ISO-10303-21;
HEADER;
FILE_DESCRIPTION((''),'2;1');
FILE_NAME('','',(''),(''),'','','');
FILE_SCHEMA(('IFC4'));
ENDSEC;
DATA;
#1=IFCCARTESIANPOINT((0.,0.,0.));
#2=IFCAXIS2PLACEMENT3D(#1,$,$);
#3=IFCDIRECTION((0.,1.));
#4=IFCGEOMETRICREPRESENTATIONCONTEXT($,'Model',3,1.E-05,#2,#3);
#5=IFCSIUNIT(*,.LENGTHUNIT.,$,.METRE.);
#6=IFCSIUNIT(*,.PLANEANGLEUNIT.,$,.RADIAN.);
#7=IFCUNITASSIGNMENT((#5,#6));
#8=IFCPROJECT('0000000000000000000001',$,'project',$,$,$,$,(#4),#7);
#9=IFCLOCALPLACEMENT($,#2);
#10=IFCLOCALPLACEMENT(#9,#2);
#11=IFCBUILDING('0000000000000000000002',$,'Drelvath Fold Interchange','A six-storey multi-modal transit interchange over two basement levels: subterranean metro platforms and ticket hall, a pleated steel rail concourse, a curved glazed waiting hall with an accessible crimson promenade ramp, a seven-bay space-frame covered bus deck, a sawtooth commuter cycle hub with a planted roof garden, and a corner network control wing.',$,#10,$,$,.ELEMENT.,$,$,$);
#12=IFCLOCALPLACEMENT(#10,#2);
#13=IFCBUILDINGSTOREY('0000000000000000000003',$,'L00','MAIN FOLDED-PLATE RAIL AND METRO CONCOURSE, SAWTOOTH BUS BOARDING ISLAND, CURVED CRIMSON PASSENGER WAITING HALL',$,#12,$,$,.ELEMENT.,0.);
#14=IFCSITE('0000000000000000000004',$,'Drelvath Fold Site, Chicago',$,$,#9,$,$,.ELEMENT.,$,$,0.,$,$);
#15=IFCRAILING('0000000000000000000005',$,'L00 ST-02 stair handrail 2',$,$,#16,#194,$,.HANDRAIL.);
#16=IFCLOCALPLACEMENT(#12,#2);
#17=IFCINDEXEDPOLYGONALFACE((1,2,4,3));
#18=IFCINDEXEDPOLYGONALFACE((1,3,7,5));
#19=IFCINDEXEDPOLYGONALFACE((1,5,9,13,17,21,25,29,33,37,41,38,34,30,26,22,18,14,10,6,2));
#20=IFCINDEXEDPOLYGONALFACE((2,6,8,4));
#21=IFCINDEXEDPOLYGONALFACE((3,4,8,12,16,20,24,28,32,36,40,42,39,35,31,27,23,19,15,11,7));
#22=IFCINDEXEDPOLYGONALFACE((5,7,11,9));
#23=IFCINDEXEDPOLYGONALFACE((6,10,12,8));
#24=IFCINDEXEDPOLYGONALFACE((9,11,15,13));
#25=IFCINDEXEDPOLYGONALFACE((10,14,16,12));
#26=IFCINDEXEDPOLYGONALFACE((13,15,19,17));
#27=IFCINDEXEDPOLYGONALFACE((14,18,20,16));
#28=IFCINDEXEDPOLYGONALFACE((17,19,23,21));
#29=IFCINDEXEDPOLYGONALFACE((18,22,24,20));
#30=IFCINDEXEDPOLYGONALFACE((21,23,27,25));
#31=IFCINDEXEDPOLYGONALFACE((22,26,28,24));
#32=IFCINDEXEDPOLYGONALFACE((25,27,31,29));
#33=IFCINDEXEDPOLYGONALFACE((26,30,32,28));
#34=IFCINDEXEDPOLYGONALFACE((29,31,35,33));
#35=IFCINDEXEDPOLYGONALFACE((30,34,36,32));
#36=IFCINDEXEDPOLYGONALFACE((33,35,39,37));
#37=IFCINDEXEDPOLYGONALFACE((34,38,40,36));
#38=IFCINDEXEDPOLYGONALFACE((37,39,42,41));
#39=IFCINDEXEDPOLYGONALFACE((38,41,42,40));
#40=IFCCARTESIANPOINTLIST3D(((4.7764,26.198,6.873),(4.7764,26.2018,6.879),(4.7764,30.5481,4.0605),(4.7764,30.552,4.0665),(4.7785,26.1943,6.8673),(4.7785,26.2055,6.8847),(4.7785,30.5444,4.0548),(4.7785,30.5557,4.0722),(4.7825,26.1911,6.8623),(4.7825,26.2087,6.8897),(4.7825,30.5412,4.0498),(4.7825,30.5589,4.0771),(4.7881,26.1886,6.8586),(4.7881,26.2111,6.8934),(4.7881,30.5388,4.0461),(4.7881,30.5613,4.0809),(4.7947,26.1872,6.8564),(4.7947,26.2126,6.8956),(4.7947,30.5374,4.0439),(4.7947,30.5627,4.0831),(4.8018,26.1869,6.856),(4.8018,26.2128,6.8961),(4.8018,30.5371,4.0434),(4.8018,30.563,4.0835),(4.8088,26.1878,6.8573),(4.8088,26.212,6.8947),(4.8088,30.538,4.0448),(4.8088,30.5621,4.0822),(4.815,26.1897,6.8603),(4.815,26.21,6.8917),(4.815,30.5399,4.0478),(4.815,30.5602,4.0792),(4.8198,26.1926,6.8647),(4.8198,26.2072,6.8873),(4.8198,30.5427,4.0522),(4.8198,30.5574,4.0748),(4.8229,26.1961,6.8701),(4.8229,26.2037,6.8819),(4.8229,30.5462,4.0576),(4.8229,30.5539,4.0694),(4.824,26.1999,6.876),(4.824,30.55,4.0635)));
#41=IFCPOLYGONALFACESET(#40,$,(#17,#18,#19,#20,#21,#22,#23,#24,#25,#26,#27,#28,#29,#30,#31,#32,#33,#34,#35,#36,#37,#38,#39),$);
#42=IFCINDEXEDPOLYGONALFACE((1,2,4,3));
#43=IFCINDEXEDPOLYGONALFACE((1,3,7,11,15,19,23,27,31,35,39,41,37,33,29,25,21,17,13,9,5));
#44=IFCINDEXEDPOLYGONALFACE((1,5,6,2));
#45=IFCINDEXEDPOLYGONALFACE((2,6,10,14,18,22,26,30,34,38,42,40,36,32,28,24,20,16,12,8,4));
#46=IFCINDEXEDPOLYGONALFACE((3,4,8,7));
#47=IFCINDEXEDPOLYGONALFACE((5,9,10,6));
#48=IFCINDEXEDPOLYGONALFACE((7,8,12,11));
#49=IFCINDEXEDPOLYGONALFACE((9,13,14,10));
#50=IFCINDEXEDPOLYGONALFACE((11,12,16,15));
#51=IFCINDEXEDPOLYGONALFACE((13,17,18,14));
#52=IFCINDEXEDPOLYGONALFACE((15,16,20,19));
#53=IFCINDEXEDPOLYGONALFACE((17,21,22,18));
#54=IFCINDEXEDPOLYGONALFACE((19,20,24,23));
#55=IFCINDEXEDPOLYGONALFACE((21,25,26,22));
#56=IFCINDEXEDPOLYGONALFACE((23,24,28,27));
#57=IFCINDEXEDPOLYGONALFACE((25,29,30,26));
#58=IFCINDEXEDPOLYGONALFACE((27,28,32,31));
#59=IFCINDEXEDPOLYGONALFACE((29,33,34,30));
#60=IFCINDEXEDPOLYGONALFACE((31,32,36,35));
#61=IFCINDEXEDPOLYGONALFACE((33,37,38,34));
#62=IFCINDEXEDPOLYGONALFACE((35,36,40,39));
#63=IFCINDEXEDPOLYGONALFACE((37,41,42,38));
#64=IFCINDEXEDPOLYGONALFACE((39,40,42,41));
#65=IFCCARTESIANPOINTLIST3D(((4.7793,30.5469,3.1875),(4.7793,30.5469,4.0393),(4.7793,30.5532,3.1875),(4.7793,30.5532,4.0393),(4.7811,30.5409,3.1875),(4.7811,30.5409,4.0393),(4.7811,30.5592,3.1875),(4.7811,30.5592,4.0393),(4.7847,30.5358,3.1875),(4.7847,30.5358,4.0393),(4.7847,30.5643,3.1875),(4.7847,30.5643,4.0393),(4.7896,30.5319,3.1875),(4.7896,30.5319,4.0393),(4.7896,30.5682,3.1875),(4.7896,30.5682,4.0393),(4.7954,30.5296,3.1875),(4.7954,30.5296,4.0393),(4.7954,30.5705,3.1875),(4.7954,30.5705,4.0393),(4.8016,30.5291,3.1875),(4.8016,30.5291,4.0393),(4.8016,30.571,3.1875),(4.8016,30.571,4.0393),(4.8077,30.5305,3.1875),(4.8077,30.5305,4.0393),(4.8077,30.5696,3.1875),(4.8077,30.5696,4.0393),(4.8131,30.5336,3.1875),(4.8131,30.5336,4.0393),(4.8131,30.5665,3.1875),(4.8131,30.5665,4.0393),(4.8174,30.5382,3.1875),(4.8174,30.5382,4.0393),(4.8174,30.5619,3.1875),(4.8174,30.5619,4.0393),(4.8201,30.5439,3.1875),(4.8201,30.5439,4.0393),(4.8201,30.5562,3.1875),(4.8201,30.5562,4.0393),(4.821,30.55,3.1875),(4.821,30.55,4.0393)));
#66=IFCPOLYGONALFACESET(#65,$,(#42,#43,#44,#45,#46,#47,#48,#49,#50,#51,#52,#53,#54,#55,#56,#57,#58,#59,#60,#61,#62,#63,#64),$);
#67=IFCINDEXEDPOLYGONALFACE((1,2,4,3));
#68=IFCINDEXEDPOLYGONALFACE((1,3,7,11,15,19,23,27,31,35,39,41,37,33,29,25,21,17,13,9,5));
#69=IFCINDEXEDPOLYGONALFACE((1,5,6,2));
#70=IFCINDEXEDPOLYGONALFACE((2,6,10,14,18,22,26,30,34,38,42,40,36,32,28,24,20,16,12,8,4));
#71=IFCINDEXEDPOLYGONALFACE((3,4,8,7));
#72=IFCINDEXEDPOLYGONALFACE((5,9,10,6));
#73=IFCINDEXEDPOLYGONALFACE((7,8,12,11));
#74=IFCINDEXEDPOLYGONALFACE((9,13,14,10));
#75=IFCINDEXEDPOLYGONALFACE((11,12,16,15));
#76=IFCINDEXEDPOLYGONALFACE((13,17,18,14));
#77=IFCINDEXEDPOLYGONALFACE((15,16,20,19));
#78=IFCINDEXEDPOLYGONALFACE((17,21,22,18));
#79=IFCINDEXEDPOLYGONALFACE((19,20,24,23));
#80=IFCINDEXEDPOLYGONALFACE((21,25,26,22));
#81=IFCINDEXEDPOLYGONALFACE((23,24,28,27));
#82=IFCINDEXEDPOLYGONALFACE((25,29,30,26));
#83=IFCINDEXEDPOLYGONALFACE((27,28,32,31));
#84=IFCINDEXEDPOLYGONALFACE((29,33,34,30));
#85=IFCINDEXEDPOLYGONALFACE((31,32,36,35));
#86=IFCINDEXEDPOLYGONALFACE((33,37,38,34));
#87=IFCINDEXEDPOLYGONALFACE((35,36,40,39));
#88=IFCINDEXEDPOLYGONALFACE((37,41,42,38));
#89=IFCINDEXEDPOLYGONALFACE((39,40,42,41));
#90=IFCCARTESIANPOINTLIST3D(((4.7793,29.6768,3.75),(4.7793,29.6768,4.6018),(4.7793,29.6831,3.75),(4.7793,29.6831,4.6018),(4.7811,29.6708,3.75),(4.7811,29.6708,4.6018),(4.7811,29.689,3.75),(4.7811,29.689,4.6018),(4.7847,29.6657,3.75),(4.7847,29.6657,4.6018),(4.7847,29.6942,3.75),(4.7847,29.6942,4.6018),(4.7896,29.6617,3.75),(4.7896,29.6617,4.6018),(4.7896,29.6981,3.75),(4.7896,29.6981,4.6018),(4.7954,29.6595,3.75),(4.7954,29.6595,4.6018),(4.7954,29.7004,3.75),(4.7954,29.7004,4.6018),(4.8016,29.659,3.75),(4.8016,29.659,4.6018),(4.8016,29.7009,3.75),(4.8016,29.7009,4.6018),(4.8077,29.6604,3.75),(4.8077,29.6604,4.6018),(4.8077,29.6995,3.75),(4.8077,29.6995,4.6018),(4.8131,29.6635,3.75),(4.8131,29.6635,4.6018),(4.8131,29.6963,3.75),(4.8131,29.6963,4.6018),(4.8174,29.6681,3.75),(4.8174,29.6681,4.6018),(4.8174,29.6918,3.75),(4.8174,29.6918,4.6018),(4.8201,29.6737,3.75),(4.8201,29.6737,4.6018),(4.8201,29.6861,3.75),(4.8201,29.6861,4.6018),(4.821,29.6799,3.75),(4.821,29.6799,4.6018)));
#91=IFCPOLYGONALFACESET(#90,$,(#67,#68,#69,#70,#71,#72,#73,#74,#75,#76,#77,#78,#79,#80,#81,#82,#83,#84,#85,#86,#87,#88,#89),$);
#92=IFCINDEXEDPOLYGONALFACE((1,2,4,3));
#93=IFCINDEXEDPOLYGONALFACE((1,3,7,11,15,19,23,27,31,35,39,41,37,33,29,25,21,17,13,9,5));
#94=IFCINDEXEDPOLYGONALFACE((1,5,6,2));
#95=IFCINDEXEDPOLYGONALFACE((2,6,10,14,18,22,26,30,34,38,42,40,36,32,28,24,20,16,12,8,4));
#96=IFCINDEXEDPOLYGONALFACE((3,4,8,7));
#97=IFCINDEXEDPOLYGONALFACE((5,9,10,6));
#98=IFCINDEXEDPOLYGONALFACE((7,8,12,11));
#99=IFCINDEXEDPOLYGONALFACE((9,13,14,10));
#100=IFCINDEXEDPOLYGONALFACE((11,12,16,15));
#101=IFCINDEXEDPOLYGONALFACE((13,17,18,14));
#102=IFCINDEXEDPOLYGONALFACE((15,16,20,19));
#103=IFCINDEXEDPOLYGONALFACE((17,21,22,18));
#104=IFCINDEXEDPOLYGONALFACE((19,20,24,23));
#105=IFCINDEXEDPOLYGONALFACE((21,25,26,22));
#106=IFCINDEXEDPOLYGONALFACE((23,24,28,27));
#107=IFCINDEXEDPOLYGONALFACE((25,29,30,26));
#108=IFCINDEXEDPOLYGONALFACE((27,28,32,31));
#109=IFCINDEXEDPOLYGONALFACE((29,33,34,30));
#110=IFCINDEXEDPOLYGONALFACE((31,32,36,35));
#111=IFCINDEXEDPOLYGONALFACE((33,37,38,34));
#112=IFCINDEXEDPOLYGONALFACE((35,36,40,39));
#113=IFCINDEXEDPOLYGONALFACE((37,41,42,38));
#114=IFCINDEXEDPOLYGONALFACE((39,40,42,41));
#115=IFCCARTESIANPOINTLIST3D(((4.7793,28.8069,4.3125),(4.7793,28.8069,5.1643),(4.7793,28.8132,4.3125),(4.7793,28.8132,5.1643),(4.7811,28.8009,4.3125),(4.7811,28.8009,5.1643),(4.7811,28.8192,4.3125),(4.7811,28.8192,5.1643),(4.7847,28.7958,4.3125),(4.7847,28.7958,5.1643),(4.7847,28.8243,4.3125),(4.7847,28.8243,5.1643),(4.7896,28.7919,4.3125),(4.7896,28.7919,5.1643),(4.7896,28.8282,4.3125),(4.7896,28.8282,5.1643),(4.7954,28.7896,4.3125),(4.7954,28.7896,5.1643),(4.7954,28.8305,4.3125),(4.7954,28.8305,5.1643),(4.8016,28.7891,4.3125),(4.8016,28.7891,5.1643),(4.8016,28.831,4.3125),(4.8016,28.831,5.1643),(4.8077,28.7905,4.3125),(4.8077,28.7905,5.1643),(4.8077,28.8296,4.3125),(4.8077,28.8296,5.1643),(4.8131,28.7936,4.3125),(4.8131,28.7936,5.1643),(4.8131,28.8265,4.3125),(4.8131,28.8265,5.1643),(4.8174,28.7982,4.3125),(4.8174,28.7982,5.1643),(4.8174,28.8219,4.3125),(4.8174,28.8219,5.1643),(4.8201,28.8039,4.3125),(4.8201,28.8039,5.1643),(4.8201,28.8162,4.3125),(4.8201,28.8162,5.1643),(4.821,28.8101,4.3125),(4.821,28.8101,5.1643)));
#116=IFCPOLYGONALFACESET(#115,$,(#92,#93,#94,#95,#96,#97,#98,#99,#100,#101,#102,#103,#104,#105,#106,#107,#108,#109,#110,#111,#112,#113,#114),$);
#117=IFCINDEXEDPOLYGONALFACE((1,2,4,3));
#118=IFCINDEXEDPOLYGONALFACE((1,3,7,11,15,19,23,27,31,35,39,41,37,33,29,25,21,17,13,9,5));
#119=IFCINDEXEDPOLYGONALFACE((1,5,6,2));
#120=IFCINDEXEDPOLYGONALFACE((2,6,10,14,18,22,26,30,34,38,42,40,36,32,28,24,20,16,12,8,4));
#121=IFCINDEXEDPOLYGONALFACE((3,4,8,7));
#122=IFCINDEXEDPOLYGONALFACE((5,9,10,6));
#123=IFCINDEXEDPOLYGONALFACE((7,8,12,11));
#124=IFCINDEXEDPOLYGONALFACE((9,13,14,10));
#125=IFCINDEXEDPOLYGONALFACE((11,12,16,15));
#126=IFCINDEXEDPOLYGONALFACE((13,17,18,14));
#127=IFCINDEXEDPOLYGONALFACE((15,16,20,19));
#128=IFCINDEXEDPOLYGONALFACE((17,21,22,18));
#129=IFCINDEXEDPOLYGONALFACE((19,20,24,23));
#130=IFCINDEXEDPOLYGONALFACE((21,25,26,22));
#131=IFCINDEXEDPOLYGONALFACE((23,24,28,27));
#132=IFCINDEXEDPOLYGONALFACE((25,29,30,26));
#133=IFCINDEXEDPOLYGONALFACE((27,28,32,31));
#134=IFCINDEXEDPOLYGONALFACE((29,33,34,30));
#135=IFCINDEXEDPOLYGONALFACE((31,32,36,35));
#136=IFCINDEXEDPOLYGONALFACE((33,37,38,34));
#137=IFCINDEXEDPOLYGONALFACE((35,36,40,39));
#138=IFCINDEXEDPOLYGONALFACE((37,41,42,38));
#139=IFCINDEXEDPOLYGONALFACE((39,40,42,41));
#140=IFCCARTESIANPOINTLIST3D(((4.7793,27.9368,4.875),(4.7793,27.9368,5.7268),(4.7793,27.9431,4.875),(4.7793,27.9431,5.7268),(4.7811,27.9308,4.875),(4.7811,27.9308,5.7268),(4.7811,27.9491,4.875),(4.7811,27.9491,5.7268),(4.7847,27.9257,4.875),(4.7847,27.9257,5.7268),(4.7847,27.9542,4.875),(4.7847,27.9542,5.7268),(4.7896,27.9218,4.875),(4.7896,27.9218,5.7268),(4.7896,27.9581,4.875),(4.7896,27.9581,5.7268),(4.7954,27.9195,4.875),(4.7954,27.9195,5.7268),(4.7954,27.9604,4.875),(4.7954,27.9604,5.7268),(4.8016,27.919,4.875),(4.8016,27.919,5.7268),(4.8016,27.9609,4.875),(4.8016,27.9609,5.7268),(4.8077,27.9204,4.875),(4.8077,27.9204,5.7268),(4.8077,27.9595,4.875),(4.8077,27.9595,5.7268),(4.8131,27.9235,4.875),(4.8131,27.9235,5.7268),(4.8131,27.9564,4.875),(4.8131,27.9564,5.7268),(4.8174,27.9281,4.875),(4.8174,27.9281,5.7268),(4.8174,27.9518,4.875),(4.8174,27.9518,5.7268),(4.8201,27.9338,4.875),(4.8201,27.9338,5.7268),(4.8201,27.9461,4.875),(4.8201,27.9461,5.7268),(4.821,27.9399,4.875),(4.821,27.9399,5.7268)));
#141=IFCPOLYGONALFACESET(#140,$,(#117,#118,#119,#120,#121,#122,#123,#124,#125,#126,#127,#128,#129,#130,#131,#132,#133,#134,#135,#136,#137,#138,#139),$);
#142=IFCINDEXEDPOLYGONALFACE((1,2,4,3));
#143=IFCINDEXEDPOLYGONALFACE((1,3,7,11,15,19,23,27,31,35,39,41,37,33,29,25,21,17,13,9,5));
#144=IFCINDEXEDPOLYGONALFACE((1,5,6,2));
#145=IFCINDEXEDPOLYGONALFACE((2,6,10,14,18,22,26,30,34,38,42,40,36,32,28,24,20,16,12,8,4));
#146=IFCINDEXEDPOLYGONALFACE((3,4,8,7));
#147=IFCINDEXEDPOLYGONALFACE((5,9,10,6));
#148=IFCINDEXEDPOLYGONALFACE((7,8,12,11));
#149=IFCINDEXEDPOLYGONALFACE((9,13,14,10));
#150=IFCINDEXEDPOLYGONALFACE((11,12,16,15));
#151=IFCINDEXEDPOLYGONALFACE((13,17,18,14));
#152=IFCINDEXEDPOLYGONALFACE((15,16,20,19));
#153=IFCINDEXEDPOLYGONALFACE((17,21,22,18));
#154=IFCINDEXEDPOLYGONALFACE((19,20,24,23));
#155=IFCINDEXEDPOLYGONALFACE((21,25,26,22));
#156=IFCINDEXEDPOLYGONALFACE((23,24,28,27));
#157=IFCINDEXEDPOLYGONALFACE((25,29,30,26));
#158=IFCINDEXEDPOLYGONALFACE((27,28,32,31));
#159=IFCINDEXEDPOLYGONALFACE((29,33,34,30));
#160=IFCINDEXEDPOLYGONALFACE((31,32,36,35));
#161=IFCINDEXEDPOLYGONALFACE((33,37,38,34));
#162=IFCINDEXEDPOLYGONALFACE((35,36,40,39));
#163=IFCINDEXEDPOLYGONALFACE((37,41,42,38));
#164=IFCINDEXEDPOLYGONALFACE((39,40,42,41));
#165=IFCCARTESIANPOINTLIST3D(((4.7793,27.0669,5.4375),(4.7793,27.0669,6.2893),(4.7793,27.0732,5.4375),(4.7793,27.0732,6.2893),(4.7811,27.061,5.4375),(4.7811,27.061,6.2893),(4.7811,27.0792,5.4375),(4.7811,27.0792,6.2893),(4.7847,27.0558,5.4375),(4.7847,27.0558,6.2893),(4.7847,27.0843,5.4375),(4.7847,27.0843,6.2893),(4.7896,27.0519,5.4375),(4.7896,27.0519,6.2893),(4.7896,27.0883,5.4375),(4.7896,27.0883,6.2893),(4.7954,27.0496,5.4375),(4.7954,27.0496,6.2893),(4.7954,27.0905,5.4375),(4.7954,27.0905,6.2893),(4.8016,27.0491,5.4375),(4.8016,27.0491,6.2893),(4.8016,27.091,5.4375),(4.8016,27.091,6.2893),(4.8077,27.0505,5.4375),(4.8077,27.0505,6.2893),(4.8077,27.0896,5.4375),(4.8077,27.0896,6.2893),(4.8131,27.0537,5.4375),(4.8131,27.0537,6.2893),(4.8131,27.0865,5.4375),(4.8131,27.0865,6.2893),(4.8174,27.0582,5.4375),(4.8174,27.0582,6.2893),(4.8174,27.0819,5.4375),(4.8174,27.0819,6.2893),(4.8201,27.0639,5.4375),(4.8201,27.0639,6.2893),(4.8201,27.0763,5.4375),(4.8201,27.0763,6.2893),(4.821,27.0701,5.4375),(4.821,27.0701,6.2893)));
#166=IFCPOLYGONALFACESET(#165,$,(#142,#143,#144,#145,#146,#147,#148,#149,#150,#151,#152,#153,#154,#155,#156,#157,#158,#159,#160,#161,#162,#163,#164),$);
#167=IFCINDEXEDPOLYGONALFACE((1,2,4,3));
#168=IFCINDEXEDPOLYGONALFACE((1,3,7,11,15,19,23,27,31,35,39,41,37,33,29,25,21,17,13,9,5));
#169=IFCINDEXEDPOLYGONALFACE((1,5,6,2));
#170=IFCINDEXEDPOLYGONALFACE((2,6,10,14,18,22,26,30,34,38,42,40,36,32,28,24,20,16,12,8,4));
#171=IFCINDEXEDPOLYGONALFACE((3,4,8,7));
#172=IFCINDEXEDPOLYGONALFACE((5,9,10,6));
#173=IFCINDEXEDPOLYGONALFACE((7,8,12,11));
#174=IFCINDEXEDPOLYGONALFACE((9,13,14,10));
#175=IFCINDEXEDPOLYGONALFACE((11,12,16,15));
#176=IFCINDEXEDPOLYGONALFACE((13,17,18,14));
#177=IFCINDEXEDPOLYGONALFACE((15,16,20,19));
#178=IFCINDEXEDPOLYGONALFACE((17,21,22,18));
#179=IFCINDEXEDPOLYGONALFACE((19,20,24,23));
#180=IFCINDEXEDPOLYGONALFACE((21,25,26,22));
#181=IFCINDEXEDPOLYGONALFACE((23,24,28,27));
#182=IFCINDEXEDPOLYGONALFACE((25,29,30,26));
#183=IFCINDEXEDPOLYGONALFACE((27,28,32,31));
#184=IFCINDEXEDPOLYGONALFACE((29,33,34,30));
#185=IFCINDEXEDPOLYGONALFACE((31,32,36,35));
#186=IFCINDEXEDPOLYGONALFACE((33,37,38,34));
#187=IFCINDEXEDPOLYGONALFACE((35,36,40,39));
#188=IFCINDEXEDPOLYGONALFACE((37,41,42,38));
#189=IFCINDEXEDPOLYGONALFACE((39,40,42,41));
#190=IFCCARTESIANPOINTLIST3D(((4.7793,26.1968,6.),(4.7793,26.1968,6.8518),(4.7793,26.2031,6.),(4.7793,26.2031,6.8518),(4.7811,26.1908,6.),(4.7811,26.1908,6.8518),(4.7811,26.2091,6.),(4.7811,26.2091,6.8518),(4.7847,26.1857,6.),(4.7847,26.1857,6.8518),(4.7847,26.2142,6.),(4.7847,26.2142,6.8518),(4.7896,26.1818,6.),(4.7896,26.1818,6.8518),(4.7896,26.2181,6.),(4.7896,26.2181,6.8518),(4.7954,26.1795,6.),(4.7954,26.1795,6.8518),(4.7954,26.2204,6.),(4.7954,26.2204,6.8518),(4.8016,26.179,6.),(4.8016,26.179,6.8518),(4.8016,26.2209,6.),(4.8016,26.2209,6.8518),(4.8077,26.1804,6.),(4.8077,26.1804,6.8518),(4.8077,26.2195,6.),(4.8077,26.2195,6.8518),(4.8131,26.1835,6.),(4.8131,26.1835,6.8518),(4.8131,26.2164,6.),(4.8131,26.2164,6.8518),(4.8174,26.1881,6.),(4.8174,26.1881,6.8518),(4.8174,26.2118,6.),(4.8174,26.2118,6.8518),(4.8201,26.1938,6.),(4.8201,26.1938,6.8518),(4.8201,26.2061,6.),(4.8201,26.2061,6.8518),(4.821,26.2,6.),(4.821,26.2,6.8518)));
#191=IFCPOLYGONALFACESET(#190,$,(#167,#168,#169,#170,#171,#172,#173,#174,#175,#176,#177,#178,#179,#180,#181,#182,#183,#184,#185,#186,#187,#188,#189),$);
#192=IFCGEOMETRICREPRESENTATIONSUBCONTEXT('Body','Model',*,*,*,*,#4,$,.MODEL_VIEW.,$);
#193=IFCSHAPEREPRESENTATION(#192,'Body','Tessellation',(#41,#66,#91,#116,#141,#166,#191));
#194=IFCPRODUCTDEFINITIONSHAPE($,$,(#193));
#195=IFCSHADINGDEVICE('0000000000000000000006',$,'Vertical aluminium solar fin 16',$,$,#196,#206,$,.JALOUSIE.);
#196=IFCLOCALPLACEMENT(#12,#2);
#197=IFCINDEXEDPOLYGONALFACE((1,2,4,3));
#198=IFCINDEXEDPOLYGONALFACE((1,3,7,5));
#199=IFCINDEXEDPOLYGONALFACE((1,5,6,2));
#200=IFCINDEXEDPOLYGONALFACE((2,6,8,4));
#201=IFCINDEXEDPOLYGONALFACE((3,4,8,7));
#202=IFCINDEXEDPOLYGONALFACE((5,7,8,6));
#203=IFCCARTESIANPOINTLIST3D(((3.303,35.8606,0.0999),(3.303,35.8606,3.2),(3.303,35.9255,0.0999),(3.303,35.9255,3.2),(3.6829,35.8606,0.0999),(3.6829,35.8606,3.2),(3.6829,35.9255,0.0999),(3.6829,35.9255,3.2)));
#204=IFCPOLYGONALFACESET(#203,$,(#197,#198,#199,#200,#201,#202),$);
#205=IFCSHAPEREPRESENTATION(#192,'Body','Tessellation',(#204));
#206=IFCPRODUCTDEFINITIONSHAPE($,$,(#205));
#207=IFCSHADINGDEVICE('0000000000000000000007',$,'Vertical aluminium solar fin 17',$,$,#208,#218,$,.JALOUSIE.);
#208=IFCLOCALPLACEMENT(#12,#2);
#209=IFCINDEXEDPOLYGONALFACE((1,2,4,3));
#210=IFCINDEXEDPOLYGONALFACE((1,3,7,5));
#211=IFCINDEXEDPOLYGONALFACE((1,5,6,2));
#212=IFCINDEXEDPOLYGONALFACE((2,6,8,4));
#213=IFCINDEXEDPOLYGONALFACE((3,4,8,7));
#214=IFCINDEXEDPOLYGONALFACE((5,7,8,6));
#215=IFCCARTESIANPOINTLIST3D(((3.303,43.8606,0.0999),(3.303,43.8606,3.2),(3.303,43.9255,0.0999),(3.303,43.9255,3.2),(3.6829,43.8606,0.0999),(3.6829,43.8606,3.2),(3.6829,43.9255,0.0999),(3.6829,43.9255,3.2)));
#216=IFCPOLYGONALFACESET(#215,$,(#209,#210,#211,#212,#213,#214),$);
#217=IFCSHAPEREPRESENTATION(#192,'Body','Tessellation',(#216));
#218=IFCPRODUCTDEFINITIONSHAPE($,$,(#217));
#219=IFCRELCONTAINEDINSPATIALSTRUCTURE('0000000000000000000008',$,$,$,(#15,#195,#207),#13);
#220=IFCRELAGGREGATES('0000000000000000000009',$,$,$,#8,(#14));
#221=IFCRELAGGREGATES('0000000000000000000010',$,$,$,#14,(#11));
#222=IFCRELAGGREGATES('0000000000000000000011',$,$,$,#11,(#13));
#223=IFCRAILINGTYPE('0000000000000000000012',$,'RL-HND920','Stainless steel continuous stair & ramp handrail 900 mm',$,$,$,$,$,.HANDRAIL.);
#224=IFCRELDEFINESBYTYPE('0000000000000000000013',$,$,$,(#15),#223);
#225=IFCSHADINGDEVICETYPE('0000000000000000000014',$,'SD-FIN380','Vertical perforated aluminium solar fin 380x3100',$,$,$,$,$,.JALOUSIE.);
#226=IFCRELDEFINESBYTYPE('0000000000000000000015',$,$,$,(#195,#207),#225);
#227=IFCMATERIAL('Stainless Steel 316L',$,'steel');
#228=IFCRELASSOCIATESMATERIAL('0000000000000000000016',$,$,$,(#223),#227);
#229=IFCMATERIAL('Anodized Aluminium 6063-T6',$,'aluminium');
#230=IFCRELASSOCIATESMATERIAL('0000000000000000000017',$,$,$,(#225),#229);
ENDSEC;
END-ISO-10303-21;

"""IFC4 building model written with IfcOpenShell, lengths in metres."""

from ifc_helpers import new_model, si_unit, direction, frame, origin, origin_2d, place, context, subcontext, project, spatial, rectangle, circle, extrude, material, type_object, element, save


model = new_model("IFC4")

# Units and contexts
model_context = context("Model", 3, precision=1e-05, world=origin(), true_north=direction((0.0, 1.0)))
body_context = subcontext(model_context, "Body", "Model", "MODEL_VIEW")
ifc_project = project(units=[si_unit("LENGTHUNIT", "METRE"), si_unit("PLANEANGLEUNIT", "RADIAN")], contexts=[model_context])

# Site, building, storey
site_placement = place(None, origin())
site = spatial("IfcSite", under=ifc_project, at=site_placement, Name="Drelvath Fold Site, Chicago", CompositionType="ELEMENT", RefElevation=0.0)
building_placement = place(site_placement, origin())
building = spatial("IfcBuilding", under=site, at=building_placement, Name="Drelvath Fold Interchange", Description="A six-storey multi-modal transit interchange over two basement levels: subterranean metro platforms and ticket hall, a pleated steel rail concourse, a curved glazed waiting hall with an accessible crimson promenade ramp, a seven-bay space-frame covered bus deck, a sawtooth commuter cycle hub with a planted roof garden, and a corner network control wing.", CompositionType="ELEMENT")
storey_placement = place(building_placement, origin())
storey = spatial("IfcBuildingStorey", under=building, at=storey_placement, Name="L00", Description="MAIN FOLDED-PLATE RAIL AND METRO CONCOURSE, SAWTOOTH BUS BOARDING ISLAND, CURVED CRIMSON PASSENGER WAITING HALL", CompositionType="ELEMENT", Elevation=0.0)

# Railing
ifc_material_1 = material(Name="Stainless Steel 316L", Category="steel")
railing_type_1 = type_object("IfcRailingType", Name="RL-HND920", Description="Stainless steel continuous stair & ramp handrail 900 mm", PredefinedType="HANDRAIL", material=ifc_material_1)
railing_1_placement = place(storey_placement, frame((4.8, 30.55, 3.1875)))
element("IfcRailing", 1, at=railing_1_placement, inside=storey, type_object=railing_type_1, Name="L00 ST-02 stair handrail 2", PredefinedType="HANDRAIL", context=body_context, shape_type="SweptSolid", body=[
    extrude(circle(Radius=0.0239, at=origin_2d()), frame((0.0, 0.0, 0.876), z_axis=(0.0, -0.83977, 0.542942), x_axis=(1.0, 0.0, 0.0)), (0.0, 0.0, 1.0), 5.1802),
    extrude(circle(Radius=0.021, at=origin_2d()), origin(), (0.0, 0.0, 1.0), 0.8518),
    extrude(circle(Radius=0.021, at=origin_2d()), frame((0.0, -0.8701, 0.5625)), (0.0, 0.0, 1.0), 0.8518),
    extrude(circle(Radius=0.021, at=origin_2d()), frame((0.0, -1.74, 1.125)), (0.0, 0.0, 1.0), 0.8518),
    extrude(circle(Radius=0.021, at=origin_2d()), frame((0.0, -2.6101, 1.6875)), (0.0, 0.0, 1.0), 0.8518),
    extrude(circle(Radius=0.021, at=origin_2d()), frame((0.0, -3.48, 2.25)), (0.0, 0.0, 1.0), 0.8518),
    extrude(circle(Radius=0.021, at=origin_2d()), frame((0.0, -4.3501, 2.8125)), (0.0, 0.0, 1.0), 0.8518),
])

# Shading devices
ifc_material_2 = material(Name="Anodized Aluminium 6063-T6", Category="aluminium")
shading_device_type = type_object("IfcShadingDeviceType", Name="SD-FIN380", Description="Vertical perforated aluminium solar fin 380x3100", PredefinedType="JALOUSIE", material=ifc_material_2)
for number, where, z_axis, x_axis, name in (
    (2, (3.4929, 35.8931, 0.0999), (0.0, 0.0, 1.0), (1.0, 0.0, 0.0), "Vertical aluminium solar fin 16"),
    (3, (3.4929, 43.8931, 0.0999), (0.0, 0.0, 1.0), (1.0, 0.0, 0.0), "Vertical aluminium solar fin 17"),
):
    element("IfcShadingDevice", number, at=place(storey_placement, frame(where, z_axis=z_axis, x_axis=x_axis)), inside=storey, type_object=shading_device_type, Name=name, PredefinedType="JALOUSIE", context=body_context, shape_type="SweptSolid", body=[
        extrude(rectangle(XDim=0.3799, YDim=0.0649, at=origin_2d()), origin(), (0.0, 0.0, 1.0), 3.1001),
    ])

save(model, "model.ifc")
